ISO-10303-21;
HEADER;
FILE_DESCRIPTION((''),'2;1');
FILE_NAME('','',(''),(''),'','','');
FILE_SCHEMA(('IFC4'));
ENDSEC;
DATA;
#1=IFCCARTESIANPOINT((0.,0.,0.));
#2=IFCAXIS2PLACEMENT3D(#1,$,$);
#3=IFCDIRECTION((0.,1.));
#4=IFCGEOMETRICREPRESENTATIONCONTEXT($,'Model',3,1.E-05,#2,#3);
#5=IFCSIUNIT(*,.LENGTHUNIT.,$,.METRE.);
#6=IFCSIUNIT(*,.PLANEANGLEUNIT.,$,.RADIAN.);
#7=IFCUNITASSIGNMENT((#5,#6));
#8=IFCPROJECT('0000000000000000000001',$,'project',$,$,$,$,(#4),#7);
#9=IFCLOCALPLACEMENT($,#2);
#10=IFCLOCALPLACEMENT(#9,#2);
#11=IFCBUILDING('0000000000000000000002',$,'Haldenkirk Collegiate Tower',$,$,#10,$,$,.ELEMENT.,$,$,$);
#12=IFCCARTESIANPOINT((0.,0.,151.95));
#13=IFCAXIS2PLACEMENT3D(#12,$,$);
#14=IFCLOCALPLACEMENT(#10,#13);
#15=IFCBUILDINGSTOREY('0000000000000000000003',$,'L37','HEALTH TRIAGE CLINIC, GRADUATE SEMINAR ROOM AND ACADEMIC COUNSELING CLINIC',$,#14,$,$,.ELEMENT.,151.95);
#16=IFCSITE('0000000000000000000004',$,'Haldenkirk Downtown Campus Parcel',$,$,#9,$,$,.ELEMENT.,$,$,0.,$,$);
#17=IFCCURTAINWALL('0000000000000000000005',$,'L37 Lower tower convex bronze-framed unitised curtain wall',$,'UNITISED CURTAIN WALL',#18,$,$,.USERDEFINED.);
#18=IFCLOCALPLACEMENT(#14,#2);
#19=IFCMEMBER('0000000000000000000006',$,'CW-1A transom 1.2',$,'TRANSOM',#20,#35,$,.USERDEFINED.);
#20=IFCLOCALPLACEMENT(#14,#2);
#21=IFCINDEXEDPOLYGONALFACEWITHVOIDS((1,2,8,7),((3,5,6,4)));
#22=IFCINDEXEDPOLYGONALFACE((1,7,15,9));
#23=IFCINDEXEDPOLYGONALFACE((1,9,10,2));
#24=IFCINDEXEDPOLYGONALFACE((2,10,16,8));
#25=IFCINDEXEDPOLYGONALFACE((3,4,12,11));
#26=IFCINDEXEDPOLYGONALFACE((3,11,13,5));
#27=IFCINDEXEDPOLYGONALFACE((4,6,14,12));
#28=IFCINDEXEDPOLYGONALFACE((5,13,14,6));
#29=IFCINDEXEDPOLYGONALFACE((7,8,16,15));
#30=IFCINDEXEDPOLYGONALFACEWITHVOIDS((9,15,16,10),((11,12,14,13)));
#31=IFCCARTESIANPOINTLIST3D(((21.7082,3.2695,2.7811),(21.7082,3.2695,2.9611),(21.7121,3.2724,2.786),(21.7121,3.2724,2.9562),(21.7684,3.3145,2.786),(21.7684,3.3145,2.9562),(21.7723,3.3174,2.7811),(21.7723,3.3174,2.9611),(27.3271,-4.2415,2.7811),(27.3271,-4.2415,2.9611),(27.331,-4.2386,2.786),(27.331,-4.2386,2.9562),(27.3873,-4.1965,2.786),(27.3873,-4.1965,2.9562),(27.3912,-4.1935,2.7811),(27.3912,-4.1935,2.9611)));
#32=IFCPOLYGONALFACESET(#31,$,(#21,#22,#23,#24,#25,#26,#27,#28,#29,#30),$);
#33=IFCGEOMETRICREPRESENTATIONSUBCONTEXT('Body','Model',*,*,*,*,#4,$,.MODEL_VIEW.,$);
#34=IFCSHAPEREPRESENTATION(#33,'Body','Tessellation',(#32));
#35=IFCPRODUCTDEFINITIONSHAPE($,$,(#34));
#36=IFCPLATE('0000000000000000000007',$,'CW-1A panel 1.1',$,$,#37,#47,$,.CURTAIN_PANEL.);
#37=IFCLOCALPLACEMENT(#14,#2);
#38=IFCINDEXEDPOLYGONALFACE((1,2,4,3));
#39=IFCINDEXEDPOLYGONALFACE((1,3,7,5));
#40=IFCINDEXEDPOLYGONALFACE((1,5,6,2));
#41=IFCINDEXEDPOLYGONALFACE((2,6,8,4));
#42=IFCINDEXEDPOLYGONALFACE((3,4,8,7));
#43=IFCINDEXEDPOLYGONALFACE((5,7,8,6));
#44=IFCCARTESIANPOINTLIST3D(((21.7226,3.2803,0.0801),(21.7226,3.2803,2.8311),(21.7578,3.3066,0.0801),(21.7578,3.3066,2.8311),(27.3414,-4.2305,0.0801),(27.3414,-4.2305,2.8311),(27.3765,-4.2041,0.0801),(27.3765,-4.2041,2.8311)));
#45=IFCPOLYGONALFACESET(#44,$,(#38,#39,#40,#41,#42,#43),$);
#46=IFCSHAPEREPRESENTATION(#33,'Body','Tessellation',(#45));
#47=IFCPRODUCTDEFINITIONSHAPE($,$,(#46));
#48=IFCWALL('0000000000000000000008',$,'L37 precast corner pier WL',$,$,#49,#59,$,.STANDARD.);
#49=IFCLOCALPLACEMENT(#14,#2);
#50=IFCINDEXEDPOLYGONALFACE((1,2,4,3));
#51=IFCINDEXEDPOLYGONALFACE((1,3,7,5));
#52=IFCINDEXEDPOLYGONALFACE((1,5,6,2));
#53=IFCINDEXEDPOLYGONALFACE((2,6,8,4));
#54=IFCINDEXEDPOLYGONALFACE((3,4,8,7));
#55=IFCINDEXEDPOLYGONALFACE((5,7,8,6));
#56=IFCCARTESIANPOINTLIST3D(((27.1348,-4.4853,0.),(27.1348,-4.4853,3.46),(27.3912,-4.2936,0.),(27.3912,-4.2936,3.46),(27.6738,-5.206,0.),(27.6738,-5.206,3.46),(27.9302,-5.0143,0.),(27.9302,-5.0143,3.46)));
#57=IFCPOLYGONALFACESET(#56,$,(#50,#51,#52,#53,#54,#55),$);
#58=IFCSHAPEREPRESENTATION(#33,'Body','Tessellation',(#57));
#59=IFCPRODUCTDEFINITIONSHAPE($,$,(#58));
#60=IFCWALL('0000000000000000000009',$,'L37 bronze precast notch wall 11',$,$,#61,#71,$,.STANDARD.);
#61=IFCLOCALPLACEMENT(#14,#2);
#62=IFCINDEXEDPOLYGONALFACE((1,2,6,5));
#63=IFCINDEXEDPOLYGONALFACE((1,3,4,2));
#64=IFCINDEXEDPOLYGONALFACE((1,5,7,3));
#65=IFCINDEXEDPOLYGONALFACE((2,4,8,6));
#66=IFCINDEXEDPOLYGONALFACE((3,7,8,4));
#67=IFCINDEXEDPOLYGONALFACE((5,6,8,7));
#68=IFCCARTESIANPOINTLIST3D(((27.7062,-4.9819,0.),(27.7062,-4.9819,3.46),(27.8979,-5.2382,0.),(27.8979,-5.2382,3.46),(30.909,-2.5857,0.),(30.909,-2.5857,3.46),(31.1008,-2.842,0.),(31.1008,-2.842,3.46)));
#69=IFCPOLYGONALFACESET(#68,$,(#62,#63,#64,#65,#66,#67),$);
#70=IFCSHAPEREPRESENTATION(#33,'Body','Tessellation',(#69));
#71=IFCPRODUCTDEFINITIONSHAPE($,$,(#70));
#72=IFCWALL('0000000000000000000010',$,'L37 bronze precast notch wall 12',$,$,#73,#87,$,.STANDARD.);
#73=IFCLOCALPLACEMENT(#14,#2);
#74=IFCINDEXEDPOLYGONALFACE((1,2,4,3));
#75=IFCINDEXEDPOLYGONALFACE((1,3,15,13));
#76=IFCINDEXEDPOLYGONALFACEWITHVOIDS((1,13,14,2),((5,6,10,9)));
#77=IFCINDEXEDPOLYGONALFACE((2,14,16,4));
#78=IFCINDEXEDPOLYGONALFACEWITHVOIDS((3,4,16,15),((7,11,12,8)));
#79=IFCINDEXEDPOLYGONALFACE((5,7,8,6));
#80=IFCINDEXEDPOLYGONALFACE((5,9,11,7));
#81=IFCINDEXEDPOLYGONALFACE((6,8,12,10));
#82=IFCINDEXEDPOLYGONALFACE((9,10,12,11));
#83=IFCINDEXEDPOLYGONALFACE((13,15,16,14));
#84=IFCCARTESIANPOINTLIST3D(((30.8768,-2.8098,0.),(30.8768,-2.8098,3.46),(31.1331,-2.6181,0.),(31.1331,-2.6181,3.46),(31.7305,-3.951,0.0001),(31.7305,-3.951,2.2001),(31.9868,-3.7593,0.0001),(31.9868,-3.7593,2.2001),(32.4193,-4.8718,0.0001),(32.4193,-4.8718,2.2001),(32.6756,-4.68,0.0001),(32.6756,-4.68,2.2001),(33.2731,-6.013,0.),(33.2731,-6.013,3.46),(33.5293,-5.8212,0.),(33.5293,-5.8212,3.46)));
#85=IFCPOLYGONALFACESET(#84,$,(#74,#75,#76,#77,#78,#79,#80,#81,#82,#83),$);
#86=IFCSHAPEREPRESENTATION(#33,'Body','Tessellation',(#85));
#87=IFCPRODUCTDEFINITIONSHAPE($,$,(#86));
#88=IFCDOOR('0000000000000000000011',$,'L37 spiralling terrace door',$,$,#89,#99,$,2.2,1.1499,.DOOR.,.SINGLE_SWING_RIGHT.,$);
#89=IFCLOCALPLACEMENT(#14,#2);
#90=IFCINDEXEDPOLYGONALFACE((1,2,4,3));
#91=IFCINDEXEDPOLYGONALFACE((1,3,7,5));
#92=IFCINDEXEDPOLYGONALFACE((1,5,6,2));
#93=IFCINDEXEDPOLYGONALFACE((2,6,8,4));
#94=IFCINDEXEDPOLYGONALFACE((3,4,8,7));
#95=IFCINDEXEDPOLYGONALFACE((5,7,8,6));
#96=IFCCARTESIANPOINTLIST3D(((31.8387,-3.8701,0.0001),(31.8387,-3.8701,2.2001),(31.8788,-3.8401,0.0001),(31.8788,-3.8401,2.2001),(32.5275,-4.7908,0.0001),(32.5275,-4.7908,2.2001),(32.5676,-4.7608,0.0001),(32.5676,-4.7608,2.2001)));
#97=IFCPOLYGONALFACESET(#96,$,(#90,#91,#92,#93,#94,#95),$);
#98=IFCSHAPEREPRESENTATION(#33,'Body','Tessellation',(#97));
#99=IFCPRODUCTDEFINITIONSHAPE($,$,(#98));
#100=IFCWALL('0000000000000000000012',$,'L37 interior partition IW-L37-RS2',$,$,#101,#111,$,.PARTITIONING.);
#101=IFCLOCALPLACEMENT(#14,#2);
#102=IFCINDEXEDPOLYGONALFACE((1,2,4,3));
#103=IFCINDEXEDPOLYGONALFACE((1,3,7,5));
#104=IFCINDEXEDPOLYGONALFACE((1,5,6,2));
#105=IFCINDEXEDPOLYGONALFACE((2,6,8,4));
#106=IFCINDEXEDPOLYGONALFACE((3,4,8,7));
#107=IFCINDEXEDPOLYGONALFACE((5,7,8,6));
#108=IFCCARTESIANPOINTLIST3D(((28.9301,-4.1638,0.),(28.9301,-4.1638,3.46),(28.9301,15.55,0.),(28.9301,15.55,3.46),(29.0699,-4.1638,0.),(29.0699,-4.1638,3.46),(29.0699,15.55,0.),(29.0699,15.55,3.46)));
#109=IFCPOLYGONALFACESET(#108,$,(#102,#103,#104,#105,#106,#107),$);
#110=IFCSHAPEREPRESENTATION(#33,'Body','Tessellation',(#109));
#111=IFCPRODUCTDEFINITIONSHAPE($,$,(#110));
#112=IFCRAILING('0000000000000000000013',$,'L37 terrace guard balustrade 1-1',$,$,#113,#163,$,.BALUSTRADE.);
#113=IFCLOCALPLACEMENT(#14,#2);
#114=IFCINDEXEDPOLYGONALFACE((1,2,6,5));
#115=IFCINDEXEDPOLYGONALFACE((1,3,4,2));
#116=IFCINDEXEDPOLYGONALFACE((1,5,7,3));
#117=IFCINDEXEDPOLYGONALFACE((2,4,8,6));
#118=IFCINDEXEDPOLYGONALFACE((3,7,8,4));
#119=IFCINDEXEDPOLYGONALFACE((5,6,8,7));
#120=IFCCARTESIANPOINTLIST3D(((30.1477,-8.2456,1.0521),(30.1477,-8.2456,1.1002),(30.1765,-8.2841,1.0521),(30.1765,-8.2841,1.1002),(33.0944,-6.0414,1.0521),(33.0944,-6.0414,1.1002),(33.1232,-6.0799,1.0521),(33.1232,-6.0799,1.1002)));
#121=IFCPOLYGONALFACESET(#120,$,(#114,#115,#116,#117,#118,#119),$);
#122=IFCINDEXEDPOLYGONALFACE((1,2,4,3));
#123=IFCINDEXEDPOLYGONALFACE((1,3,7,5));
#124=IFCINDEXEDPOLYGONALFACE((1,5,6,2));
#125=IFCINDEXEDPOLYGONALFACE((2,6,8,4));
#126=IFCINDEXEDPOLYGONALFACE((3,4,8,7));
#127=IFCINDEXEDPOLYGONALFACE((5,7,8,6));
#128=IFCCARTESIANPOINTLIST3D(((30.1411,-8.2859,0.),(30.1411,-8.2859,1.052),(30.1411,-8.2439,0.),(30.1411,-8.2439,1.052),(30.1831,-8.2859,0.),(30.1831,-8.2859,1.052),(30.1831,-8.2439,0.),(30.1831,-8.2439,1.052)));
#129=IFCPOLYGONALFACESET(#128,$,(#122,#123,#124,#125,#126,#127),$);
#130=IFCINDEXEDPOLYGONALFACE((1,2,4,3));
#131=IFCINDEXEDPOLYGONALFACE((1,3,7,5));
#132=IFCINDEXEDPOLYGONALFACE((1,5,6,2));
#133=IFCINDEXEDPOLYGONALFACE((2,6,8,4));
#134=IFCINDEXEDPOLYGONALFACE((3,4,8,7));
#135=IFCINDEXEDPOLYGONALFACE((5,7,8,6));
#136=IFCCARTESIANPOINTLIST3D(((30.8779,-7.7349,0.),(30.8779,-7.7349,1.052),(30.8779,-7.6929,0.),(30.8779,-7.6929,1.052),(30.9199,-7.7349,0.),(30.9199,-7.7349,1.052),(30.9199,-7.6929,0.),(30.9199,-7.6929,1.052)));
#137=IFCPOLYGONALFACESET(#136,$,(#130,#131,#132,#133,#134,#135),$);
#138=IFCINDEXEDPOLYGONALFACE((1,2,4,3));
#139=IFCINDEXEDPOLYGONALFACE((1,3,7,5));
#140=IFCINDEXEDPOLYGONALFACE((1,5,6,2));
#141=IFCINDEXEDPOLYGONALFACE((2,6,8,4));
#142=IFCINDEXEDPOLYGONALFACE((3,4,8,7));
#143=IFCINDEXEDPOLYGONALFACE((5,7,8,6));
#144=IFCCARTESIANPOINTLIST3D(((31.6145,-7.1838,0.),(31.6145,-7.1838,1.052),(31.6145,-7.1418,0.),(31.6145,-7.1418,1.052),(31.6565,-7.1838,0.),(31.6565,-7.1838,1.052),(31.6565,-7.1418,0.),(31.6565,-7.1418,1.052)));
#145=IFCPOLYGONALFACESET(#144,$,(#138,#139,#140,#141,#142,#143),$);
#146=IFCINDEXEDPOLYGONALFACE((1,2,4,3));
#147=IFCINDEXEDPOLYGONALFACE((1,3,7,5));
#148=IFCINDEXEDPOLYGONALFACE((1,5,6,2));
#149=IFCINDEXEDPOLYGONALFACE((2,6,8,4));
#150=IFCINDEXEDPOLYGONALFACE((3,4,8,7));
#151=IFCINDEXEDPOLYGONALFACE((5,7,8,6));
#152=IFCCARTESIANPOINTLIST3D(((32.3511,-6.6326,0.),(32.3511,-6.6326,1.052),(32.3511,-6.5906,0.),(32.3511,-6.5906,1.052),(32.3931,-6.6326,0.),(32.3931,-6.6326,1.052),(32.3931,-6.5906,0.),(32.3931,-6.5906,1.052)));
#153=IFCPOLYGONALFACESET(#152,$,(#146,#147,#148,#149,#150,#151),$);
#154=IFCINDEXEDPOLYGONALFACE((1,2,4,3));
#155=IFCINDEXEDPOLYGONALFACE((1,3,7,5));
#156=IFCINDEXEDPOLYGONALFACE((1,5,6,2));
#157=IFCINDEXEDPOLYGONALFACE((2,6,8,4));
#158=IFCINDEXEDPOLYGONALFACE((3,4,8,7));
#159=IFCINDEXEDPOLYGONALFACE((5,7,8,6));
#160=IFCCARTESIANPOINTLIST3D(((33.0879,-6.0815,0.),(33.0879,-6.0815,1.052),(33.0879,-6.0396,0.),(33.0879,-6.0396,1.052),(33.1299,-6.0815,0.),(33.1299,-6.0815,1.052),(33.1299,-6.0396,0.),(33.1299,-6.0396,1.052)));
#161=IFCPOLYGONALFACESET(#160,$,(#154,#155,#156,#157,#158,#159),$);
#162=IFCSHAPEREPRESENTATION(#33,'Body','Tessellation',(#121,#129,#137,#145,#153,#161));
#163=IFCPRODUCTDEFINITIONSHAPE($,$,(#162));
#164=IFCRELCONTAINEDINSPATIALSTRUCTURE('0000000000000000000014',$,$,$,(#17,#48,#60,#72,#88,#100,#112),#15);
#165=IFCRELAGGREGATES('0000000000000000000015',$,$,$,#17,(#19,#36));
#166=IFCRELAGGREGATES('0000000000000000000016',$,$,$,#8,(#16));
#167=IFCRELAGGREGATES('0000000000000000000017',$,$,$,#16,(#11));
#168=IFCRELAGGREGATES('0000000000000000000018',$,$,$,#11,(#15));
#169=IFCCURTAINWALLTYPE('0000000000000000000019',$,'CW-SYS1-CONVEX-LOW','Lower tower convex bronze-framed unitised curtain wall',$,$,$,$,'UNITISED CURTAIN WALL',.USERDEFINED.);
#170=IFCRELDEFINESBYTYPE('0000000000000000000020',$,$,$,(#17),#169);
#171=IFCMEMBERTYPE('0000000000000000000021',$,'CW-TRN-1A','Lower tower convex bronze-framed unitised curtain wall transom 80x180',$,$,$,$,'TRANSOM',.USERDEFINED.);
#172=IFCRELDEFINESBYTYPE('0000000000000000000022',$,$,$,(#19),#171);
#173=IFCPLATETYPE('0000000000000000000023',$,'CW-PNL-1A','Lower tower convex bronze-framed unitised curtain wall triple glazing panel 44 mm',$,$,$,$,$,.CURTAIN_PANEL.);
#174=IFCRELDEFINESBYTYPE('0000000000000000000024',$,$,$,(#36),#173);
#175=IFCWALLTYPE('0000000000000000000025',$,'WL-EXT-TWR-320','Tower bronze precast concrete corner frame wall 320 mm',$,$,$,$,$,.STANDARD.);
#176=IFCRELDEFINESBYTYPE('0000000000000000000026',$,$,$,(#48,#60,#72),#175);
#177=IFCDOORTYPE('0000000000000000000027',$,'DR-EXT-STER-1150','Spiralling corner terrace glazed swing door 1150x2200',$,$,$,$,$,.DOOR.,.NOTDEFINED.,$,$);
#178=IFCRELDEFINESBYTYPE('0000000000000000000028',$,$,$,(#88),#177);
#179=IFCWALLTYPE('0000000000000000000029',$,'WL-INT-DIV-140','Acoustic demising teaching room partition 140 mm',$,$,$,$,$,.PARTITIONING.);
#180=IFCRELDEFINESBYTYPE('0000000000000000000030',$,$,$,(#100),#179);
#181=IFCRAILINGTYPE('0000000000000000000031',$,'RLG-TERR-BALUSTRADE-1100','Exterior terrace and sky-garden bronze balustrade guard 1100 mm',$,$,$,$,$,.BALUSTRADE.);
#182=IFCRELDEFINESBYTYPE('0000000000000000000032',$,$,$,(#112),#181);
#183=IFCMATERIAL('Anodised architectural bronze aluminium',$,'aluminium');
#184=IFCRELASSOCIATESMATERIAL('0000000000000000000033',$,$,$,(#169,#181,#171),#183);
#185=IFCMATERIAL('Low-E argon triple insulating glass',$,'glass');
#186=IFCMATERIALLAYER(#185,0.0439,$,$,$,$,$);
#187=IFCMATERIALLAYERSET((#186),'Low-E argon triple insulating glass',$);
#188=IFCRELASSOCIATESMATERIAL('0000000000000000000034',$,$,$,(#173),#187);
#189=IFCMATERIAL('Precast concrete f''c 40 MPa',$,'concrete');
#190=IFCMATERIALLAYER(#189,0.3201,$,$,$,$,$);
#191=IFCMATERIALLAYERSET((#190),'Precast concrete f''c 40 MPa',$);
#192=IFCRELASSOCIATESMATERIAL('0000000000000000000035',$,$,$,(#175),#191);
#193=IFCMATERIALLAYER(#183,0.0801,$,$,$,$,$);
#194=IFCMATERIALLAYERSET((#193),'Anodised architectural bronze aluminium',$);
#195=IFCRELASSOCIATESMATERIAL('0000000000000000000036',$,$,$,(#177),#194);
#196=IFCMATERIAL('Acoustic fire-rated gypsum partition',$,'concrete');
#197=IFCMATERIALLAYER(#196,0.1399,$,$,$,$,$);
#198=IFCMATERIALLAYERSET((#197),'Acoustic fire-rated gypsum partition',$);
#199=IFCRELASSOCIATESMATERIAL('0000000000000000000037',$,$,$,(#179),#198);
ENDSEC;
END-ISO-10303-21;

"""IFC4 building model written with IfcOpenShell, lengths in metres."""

from ifc_helpers import new_model, si_unit, direction, frame, frame_2d, origin, origin_2d, place, context, subcontext, project, spatial, rectangle, hollow_rectangle, extrude, source, transform, mapped, material, layer, layer_set, material_profile, profile_set, type_object, element, fill, aggregate, save


model = new_model("IFC4")

# Units and contexts
model_context = context("Model", 3, precision=1e-05, world=origin(), true_north=direction((0.0, 1.0)))
body_context = subcontext(model_context, "Body", "Model", "MODEL_VIEW")
ifc_project = project(units=[si_unit("LENGTHUNIT", "METRE"), si_unit("PLANEANGLEUNIT", "RADIAN")], contexts=[model_context])

# Site, building, storey
site_placement = place(None, origin())
site = spatial("IfcSite", under=ifc_project, at=site_placement, Name="Haldenkirk Downtown Campus Parcel", CompositionType="ELEMENT", RefElevation=0.0)
building_placement = place(site_placement, origin())
building = spatial("IfcBuilding", under=site, at=building_placement, Name="Haldenkirk Collegiate Tower", CompositionType="ELEMENT")
storey_placement = place(building_placement, frame((0.0, 0.0, 151.95)))
storey = spatial("IfcBuildingStorey", under=building, at=storey_placement, Name="L37", Description="HEALTH TRIAGE CLINIC, GRADUATE SEMINAR ROOM AND ACADEMIC COUNSELING CLINIC", CompositionType="ELEMENT", Elevation=151.95)

# Curtain wall, member, plate
ifc_material_1 = material(Name="Anodised architectural bronze aluminium", Category="aluminium")
curtain_wall_type = type_object("IfcCurtainWallType", Name="CW-SYS1-CONVEX-LOW", Description="Lower tower convex bronze-framed unitised curtain wall", ElementType="UNITISED CURTAIN WALL", PredefinedType="USERDEFINED", material=ifc_material_1)
curtain_wall_placement = place(storey_placement, origin())
curtain_wall = element("IfcCurtainWall", 1, at=curtain_wall_placement, inside=storey, type_object=curtain_wall_type, Name="L37 Lower tower convex bronze-framed unitised curtain wall", ObjectType="UNITISED CURTAIN WALL", PredefinedType="USERDEFINED")
ifc_material_profile_1 = material_profile(ifc_material_1, hollow_rectangle(XDim=0.0801, YDim=0.1799, WallThickness=0.0049, at=origin_2d()), Name="CW-TRN-1A")
ifc_profile_set_1 = profile_set([ifc_material_profile_1], Name="Anodised architectural bronze aluminium")
member_type_1 = type_object("IfcMemberType", Name="CW-TRN-1A", Description="Lower tower convex bronze-framed unitised curtain wall transom 80x180", ElementType="TRANSOM", PredefinedType="USERDEFINED", material=ifc_profile_set_1)
member_1_placement = place(storey_placement, frame((27.3591, -4.2175, 2.8711), z_axis=(-0.599021, 0.800733, 0.0), x_axis=(-0.800733, -0.599021, 0.0)))
member_1 = element("IfcMember", 2, at=member_1_placement, type_object=member_type_1, Name="CW-1A transom 1.2", ObjectType="TRANSOM", PredefinedType="USERDEFINED", context=body_context, shape_type="SweptSolid", body=[
    extrude(hollow_rectangle(XDim=0.0801, YDim=0.1799, WallThickness=0.0049, at=origin_2d()), origin(), (0.0, 0.0, 1.0), 9.3801),
])
ifc_material_2 = material(Name="Low-E argon triple insulating glass", Category="glass")
ifc_layer_1 = layer(ifc_material_2, 0.0439)
ifc_layer_set_1 = layer_set([ifc_layer_1], Name="Low-E argon triple insulating glass")
plate_type = type_object("IfcPlateType", Name="CW-PNL-1A", Description="Lower tower convex bronze-framed unitised curtain wall triple glazing panel 44 mm", PredefinedType="CURTAIN_PANEL", material=ifc_layer_set_1)
shared_shape_1 = source(origin(), body_context, "Body", "SweptSolid", [
    extrude(rectangle(XDim=9.3799, YDim=0.0439, at=origin_2d()), origin(), (0.0, 0.0, 1.0), 2.751),
])
plate_placement = place(storey_placement, frame((24.5496, -0.4619, 0.0801), z_axis=(0.0, 0.0, 1.0), x_axis=(-0.599025, 0.80073, 0.0)))
plate = element("IfcPlate", 3, at=plate_placement, type_object=plate_type, Name="CW-1A panel 1.1", PredefinedType="CURTAIN_PANEL", context=body_context, shape_type="MappedRepresentation", body=[
    mapped(shared_shape_1, transform((0.0, 0.0, 0.0), x_axis=(1.0, 0.0, 0.0), y_axis=(0.0, 1.0, 0.0), z_axis=(0.0, 0.0, 1.0), scale=1.0)),
])
aggregate(curtain_wall, [member_1, plate])

# Walls
ifc_material_3 = material(Name="Precast concrete f'c 40 MPa", Category="concrete")
ifc_layer_2 = layer(ifc_material_3, 0.3201)
ifc_layer_set_2 = layer_set([ifc_layer_2], Name="Precast concrete f'c 40 MPa")
wall_type_1 = type_object("IfcWallType", Name="WL-EXT-TWR-320", Description="Tower bronze precast concrete corner frame wall 320 mm", PredefinedType="STANDARD", material=ifc_layer_set_2)
wall_1_placement = place(storey_placement, frame((27.802, -5.1101, 0.0), z_axis=(0.0, 0.0, 1.0), x_axis=(-0.598958, 0.800781, 0.0)))
element("IfcWall", 4, at=wall_1_placement, inside=storey, type_object=wall_type_1, Name="L37 precast corner pier WL", PredefinedType="STANDARD", context=body_context, shape_type="SweptSolid", body=[
    extrude(rectangle(XDim=0.8999, YDim=0.3201, at=frame_2d((0.45, 0.0))), origin(), (0.0, 0.0, 1.0), 3.46),
])
wall_2_placement = place(storey_placement, frame((31.0049, -2.7139, 0.0), z_axis=(0.0, 0.0, 1.0), x_axis=(-0.80071, -0.599052, 0.0)))
element("IfcWall", 5, at=wall_2_placement, inside=storey, type_object=wall_type_1, Name="L37 bronze precast notch wall 11", PredefinedType="STANDARD", context=body_context, shape_type="SweptSolid", body=[
    extrude(rectangle(XDim=4.0, YDim=0.3201, at=frame_2d((2.0, 0.0))), origin(), (0.0, 0.0, 1.0), 3.46),
])

# Wall, opening, door
wall_3_placement = place(storey_placement, frame((33.4011, -5.917, 0.0), z_axis=(0.0, 0.0, 1.0), x_axis=(-0.599023, 0.800732, 0.0)))
wall_3 = element("IfcWall", 6, at=wall_3_placement, inside=storey, type_object=wall_type_1, Name="L37 bronze precast notch wall 12", PredefinedType="STANDARD", context=body_context, shape_type="SweptSolid", body=[
    extrude(rectangle(XDim=4.0002, YDim=0.3201, at=frame_2d((2.0, 0.0))), origin(), (0.0, 0.0, 1.0), 3.46),
])
opening_placement = place(wall_3_placement, frame((1.425, 0.0, 0.0)))
opening = element("IfcOpeningElement", 7, at=opening_placement, cuts=wall_3, PredefinedType="OPENING", context=body_context, shape_type="SweptSolid", body=[
    extrude(rectangle(XDim=1.1499, YDim=2.2, at=frame_2d((0.575, 1.1001))), frame((0.0, 0.1699, 0.0), z_axis=(0.0, -1.0, 0.0), x_axis=(1.0, 0.0, 0.0)), (0.0, 0.0, 1.0), 0.3401),
])
ifc_layer_3 = layer(ifc_material_1, 0.0801)
ifc_layer_set_3 = layer_set([ifc_layer_3], Name="Anodised architectural bronze aluminium")
door_type = type_object("IfcDoorType", Name="DR-EXT-STER-1150", Description="Spiralling corner terrace glazed swing door 1150x2200", OperationType="NOTDEFINED", PredefinedType="DOOR", material=ifc_layer_set_3)
door_placement = place(opening_placement, origin())
door = element("IfcDoor", 8, at=door_placement, inside=storey, type_object=door_type, Name="L37 spiralling terrace door", OperationType="SINGLE_SWING_RIGHT", OverallHeight=2.2, OverallWidth=1.1499, PredefinedType="DOOR", context=body_context, shape_type="SweptSolid", body=[
    extrude(rectangle(XDim=1.1499, YDim=2.2, at=frame_2d((0.575, 1.1001))), frame((0.0, 0.0249, 0.0), z_axis=(0.0, -1.0, 0.0), x_axis=(1.0, 0.0, 0.0)), (0.0, 0.0, 1.0), 0.05),
])
fill(opening, door)

# Wall
ifc_material_4 = material(Name="Acoustic fire-rated gypsum partition", Category="concrete")
ifc_layer_4 = layer(ifc_material_4, 0.1399)
ifc_layer_set_4 = layer_set([ifc_layer_4], Name="Acoustic fire-rated gypsum partition")
wall_type_2 = type_object("IfcWallType", Name="WL-INT-DIV-140", Description="Acoustic demising teaching room partition 140 mm", PredefinedType="PARTITIONING", material=ifc_layer_set_4)
wall_4_placement = place(storey_placement, frame((29.0, -4.1638, 0.0), z_axis=(0.0, 0.0, 1.0), x_axis=(0.0, 1.0, 0.0)))
element("IfcWall", 9, at=wall_4_placement, inside=storey, type_object=wall_type_2, Name="L37 interior partition IW-L37-RS2", PredefinedType="PARTITIONING", context=body_context, shape_type="SweptSolid", body=[
    extrude(rectangle(XDim=19.7139, YDim=0.1399, at=frame_2d((9.8569, 0.0))), origin(), (0.0, 0.0, 1.0), 3.46),
])

# Railing
railing_type = type_object("IfcRailingType", Name="RLG-TERR-BALUSTRADE-1100", Description="Exterior terrace and sky-garden bronze balustrade guard 1100 mm", PredefinedType="BALUSTRADE", material=ifc_material_1)
railing_1_placement = place(storey_placement, frame((30.1621, -8.2649, 0.0)))
element("IfcRailing", 10, at=railing_1_placement, inside=storey, type_object=railing_type, Name="L37 terrace guard balustrade 1-1", PredefinedType="BALUSTRADE", context=body_context, shape_type="SweptSolid", body=[
    extrude(rectangle(XDim=0.0481, YDim=0.0481, at=origin_2d()), frame((0.0, 0.0, 1.0762), z_axis=(0.800748, 0.599002, 0.0), x_axis=(-0.599002, 0.800748, 0.0)), (0.0, 0.0, 1.0), 3.6799),
    extrude(rectangle(XDim=0.042, YDim=0.042, at=origin_2d()), origin(), (0.0, 0.0, 1.0), 1.052),
    extrude(rectangle(XDim=0.042, YDim=0.042, at=origin_2d()), frame((0.7368, 0.551, 0.0)), (0.0, 0.0, 1.0), 1.052),
    extrude(rectangle(XDim=0.042, YDim=0.042, at=origin_2d()), frame((1.4734, 1.1021, 0.0)), (0.0, 0.0, 1.0), 1.052),
    extrude(rectangle(XDim=0.042, YDim=0.042, at=origin_2d()), frame((2.21, 1.6533, 0.0)), (0.0, 0.0, 1.0), 1.052),
    extrude(rectangle(XDim=0.042, YDim=0.042, at=origin_2d()), frame((2.9468, 2.2043, 0.0)), (0.0, 0.0, 1.0), 1.052),
])

save(model, "model.ifc")
